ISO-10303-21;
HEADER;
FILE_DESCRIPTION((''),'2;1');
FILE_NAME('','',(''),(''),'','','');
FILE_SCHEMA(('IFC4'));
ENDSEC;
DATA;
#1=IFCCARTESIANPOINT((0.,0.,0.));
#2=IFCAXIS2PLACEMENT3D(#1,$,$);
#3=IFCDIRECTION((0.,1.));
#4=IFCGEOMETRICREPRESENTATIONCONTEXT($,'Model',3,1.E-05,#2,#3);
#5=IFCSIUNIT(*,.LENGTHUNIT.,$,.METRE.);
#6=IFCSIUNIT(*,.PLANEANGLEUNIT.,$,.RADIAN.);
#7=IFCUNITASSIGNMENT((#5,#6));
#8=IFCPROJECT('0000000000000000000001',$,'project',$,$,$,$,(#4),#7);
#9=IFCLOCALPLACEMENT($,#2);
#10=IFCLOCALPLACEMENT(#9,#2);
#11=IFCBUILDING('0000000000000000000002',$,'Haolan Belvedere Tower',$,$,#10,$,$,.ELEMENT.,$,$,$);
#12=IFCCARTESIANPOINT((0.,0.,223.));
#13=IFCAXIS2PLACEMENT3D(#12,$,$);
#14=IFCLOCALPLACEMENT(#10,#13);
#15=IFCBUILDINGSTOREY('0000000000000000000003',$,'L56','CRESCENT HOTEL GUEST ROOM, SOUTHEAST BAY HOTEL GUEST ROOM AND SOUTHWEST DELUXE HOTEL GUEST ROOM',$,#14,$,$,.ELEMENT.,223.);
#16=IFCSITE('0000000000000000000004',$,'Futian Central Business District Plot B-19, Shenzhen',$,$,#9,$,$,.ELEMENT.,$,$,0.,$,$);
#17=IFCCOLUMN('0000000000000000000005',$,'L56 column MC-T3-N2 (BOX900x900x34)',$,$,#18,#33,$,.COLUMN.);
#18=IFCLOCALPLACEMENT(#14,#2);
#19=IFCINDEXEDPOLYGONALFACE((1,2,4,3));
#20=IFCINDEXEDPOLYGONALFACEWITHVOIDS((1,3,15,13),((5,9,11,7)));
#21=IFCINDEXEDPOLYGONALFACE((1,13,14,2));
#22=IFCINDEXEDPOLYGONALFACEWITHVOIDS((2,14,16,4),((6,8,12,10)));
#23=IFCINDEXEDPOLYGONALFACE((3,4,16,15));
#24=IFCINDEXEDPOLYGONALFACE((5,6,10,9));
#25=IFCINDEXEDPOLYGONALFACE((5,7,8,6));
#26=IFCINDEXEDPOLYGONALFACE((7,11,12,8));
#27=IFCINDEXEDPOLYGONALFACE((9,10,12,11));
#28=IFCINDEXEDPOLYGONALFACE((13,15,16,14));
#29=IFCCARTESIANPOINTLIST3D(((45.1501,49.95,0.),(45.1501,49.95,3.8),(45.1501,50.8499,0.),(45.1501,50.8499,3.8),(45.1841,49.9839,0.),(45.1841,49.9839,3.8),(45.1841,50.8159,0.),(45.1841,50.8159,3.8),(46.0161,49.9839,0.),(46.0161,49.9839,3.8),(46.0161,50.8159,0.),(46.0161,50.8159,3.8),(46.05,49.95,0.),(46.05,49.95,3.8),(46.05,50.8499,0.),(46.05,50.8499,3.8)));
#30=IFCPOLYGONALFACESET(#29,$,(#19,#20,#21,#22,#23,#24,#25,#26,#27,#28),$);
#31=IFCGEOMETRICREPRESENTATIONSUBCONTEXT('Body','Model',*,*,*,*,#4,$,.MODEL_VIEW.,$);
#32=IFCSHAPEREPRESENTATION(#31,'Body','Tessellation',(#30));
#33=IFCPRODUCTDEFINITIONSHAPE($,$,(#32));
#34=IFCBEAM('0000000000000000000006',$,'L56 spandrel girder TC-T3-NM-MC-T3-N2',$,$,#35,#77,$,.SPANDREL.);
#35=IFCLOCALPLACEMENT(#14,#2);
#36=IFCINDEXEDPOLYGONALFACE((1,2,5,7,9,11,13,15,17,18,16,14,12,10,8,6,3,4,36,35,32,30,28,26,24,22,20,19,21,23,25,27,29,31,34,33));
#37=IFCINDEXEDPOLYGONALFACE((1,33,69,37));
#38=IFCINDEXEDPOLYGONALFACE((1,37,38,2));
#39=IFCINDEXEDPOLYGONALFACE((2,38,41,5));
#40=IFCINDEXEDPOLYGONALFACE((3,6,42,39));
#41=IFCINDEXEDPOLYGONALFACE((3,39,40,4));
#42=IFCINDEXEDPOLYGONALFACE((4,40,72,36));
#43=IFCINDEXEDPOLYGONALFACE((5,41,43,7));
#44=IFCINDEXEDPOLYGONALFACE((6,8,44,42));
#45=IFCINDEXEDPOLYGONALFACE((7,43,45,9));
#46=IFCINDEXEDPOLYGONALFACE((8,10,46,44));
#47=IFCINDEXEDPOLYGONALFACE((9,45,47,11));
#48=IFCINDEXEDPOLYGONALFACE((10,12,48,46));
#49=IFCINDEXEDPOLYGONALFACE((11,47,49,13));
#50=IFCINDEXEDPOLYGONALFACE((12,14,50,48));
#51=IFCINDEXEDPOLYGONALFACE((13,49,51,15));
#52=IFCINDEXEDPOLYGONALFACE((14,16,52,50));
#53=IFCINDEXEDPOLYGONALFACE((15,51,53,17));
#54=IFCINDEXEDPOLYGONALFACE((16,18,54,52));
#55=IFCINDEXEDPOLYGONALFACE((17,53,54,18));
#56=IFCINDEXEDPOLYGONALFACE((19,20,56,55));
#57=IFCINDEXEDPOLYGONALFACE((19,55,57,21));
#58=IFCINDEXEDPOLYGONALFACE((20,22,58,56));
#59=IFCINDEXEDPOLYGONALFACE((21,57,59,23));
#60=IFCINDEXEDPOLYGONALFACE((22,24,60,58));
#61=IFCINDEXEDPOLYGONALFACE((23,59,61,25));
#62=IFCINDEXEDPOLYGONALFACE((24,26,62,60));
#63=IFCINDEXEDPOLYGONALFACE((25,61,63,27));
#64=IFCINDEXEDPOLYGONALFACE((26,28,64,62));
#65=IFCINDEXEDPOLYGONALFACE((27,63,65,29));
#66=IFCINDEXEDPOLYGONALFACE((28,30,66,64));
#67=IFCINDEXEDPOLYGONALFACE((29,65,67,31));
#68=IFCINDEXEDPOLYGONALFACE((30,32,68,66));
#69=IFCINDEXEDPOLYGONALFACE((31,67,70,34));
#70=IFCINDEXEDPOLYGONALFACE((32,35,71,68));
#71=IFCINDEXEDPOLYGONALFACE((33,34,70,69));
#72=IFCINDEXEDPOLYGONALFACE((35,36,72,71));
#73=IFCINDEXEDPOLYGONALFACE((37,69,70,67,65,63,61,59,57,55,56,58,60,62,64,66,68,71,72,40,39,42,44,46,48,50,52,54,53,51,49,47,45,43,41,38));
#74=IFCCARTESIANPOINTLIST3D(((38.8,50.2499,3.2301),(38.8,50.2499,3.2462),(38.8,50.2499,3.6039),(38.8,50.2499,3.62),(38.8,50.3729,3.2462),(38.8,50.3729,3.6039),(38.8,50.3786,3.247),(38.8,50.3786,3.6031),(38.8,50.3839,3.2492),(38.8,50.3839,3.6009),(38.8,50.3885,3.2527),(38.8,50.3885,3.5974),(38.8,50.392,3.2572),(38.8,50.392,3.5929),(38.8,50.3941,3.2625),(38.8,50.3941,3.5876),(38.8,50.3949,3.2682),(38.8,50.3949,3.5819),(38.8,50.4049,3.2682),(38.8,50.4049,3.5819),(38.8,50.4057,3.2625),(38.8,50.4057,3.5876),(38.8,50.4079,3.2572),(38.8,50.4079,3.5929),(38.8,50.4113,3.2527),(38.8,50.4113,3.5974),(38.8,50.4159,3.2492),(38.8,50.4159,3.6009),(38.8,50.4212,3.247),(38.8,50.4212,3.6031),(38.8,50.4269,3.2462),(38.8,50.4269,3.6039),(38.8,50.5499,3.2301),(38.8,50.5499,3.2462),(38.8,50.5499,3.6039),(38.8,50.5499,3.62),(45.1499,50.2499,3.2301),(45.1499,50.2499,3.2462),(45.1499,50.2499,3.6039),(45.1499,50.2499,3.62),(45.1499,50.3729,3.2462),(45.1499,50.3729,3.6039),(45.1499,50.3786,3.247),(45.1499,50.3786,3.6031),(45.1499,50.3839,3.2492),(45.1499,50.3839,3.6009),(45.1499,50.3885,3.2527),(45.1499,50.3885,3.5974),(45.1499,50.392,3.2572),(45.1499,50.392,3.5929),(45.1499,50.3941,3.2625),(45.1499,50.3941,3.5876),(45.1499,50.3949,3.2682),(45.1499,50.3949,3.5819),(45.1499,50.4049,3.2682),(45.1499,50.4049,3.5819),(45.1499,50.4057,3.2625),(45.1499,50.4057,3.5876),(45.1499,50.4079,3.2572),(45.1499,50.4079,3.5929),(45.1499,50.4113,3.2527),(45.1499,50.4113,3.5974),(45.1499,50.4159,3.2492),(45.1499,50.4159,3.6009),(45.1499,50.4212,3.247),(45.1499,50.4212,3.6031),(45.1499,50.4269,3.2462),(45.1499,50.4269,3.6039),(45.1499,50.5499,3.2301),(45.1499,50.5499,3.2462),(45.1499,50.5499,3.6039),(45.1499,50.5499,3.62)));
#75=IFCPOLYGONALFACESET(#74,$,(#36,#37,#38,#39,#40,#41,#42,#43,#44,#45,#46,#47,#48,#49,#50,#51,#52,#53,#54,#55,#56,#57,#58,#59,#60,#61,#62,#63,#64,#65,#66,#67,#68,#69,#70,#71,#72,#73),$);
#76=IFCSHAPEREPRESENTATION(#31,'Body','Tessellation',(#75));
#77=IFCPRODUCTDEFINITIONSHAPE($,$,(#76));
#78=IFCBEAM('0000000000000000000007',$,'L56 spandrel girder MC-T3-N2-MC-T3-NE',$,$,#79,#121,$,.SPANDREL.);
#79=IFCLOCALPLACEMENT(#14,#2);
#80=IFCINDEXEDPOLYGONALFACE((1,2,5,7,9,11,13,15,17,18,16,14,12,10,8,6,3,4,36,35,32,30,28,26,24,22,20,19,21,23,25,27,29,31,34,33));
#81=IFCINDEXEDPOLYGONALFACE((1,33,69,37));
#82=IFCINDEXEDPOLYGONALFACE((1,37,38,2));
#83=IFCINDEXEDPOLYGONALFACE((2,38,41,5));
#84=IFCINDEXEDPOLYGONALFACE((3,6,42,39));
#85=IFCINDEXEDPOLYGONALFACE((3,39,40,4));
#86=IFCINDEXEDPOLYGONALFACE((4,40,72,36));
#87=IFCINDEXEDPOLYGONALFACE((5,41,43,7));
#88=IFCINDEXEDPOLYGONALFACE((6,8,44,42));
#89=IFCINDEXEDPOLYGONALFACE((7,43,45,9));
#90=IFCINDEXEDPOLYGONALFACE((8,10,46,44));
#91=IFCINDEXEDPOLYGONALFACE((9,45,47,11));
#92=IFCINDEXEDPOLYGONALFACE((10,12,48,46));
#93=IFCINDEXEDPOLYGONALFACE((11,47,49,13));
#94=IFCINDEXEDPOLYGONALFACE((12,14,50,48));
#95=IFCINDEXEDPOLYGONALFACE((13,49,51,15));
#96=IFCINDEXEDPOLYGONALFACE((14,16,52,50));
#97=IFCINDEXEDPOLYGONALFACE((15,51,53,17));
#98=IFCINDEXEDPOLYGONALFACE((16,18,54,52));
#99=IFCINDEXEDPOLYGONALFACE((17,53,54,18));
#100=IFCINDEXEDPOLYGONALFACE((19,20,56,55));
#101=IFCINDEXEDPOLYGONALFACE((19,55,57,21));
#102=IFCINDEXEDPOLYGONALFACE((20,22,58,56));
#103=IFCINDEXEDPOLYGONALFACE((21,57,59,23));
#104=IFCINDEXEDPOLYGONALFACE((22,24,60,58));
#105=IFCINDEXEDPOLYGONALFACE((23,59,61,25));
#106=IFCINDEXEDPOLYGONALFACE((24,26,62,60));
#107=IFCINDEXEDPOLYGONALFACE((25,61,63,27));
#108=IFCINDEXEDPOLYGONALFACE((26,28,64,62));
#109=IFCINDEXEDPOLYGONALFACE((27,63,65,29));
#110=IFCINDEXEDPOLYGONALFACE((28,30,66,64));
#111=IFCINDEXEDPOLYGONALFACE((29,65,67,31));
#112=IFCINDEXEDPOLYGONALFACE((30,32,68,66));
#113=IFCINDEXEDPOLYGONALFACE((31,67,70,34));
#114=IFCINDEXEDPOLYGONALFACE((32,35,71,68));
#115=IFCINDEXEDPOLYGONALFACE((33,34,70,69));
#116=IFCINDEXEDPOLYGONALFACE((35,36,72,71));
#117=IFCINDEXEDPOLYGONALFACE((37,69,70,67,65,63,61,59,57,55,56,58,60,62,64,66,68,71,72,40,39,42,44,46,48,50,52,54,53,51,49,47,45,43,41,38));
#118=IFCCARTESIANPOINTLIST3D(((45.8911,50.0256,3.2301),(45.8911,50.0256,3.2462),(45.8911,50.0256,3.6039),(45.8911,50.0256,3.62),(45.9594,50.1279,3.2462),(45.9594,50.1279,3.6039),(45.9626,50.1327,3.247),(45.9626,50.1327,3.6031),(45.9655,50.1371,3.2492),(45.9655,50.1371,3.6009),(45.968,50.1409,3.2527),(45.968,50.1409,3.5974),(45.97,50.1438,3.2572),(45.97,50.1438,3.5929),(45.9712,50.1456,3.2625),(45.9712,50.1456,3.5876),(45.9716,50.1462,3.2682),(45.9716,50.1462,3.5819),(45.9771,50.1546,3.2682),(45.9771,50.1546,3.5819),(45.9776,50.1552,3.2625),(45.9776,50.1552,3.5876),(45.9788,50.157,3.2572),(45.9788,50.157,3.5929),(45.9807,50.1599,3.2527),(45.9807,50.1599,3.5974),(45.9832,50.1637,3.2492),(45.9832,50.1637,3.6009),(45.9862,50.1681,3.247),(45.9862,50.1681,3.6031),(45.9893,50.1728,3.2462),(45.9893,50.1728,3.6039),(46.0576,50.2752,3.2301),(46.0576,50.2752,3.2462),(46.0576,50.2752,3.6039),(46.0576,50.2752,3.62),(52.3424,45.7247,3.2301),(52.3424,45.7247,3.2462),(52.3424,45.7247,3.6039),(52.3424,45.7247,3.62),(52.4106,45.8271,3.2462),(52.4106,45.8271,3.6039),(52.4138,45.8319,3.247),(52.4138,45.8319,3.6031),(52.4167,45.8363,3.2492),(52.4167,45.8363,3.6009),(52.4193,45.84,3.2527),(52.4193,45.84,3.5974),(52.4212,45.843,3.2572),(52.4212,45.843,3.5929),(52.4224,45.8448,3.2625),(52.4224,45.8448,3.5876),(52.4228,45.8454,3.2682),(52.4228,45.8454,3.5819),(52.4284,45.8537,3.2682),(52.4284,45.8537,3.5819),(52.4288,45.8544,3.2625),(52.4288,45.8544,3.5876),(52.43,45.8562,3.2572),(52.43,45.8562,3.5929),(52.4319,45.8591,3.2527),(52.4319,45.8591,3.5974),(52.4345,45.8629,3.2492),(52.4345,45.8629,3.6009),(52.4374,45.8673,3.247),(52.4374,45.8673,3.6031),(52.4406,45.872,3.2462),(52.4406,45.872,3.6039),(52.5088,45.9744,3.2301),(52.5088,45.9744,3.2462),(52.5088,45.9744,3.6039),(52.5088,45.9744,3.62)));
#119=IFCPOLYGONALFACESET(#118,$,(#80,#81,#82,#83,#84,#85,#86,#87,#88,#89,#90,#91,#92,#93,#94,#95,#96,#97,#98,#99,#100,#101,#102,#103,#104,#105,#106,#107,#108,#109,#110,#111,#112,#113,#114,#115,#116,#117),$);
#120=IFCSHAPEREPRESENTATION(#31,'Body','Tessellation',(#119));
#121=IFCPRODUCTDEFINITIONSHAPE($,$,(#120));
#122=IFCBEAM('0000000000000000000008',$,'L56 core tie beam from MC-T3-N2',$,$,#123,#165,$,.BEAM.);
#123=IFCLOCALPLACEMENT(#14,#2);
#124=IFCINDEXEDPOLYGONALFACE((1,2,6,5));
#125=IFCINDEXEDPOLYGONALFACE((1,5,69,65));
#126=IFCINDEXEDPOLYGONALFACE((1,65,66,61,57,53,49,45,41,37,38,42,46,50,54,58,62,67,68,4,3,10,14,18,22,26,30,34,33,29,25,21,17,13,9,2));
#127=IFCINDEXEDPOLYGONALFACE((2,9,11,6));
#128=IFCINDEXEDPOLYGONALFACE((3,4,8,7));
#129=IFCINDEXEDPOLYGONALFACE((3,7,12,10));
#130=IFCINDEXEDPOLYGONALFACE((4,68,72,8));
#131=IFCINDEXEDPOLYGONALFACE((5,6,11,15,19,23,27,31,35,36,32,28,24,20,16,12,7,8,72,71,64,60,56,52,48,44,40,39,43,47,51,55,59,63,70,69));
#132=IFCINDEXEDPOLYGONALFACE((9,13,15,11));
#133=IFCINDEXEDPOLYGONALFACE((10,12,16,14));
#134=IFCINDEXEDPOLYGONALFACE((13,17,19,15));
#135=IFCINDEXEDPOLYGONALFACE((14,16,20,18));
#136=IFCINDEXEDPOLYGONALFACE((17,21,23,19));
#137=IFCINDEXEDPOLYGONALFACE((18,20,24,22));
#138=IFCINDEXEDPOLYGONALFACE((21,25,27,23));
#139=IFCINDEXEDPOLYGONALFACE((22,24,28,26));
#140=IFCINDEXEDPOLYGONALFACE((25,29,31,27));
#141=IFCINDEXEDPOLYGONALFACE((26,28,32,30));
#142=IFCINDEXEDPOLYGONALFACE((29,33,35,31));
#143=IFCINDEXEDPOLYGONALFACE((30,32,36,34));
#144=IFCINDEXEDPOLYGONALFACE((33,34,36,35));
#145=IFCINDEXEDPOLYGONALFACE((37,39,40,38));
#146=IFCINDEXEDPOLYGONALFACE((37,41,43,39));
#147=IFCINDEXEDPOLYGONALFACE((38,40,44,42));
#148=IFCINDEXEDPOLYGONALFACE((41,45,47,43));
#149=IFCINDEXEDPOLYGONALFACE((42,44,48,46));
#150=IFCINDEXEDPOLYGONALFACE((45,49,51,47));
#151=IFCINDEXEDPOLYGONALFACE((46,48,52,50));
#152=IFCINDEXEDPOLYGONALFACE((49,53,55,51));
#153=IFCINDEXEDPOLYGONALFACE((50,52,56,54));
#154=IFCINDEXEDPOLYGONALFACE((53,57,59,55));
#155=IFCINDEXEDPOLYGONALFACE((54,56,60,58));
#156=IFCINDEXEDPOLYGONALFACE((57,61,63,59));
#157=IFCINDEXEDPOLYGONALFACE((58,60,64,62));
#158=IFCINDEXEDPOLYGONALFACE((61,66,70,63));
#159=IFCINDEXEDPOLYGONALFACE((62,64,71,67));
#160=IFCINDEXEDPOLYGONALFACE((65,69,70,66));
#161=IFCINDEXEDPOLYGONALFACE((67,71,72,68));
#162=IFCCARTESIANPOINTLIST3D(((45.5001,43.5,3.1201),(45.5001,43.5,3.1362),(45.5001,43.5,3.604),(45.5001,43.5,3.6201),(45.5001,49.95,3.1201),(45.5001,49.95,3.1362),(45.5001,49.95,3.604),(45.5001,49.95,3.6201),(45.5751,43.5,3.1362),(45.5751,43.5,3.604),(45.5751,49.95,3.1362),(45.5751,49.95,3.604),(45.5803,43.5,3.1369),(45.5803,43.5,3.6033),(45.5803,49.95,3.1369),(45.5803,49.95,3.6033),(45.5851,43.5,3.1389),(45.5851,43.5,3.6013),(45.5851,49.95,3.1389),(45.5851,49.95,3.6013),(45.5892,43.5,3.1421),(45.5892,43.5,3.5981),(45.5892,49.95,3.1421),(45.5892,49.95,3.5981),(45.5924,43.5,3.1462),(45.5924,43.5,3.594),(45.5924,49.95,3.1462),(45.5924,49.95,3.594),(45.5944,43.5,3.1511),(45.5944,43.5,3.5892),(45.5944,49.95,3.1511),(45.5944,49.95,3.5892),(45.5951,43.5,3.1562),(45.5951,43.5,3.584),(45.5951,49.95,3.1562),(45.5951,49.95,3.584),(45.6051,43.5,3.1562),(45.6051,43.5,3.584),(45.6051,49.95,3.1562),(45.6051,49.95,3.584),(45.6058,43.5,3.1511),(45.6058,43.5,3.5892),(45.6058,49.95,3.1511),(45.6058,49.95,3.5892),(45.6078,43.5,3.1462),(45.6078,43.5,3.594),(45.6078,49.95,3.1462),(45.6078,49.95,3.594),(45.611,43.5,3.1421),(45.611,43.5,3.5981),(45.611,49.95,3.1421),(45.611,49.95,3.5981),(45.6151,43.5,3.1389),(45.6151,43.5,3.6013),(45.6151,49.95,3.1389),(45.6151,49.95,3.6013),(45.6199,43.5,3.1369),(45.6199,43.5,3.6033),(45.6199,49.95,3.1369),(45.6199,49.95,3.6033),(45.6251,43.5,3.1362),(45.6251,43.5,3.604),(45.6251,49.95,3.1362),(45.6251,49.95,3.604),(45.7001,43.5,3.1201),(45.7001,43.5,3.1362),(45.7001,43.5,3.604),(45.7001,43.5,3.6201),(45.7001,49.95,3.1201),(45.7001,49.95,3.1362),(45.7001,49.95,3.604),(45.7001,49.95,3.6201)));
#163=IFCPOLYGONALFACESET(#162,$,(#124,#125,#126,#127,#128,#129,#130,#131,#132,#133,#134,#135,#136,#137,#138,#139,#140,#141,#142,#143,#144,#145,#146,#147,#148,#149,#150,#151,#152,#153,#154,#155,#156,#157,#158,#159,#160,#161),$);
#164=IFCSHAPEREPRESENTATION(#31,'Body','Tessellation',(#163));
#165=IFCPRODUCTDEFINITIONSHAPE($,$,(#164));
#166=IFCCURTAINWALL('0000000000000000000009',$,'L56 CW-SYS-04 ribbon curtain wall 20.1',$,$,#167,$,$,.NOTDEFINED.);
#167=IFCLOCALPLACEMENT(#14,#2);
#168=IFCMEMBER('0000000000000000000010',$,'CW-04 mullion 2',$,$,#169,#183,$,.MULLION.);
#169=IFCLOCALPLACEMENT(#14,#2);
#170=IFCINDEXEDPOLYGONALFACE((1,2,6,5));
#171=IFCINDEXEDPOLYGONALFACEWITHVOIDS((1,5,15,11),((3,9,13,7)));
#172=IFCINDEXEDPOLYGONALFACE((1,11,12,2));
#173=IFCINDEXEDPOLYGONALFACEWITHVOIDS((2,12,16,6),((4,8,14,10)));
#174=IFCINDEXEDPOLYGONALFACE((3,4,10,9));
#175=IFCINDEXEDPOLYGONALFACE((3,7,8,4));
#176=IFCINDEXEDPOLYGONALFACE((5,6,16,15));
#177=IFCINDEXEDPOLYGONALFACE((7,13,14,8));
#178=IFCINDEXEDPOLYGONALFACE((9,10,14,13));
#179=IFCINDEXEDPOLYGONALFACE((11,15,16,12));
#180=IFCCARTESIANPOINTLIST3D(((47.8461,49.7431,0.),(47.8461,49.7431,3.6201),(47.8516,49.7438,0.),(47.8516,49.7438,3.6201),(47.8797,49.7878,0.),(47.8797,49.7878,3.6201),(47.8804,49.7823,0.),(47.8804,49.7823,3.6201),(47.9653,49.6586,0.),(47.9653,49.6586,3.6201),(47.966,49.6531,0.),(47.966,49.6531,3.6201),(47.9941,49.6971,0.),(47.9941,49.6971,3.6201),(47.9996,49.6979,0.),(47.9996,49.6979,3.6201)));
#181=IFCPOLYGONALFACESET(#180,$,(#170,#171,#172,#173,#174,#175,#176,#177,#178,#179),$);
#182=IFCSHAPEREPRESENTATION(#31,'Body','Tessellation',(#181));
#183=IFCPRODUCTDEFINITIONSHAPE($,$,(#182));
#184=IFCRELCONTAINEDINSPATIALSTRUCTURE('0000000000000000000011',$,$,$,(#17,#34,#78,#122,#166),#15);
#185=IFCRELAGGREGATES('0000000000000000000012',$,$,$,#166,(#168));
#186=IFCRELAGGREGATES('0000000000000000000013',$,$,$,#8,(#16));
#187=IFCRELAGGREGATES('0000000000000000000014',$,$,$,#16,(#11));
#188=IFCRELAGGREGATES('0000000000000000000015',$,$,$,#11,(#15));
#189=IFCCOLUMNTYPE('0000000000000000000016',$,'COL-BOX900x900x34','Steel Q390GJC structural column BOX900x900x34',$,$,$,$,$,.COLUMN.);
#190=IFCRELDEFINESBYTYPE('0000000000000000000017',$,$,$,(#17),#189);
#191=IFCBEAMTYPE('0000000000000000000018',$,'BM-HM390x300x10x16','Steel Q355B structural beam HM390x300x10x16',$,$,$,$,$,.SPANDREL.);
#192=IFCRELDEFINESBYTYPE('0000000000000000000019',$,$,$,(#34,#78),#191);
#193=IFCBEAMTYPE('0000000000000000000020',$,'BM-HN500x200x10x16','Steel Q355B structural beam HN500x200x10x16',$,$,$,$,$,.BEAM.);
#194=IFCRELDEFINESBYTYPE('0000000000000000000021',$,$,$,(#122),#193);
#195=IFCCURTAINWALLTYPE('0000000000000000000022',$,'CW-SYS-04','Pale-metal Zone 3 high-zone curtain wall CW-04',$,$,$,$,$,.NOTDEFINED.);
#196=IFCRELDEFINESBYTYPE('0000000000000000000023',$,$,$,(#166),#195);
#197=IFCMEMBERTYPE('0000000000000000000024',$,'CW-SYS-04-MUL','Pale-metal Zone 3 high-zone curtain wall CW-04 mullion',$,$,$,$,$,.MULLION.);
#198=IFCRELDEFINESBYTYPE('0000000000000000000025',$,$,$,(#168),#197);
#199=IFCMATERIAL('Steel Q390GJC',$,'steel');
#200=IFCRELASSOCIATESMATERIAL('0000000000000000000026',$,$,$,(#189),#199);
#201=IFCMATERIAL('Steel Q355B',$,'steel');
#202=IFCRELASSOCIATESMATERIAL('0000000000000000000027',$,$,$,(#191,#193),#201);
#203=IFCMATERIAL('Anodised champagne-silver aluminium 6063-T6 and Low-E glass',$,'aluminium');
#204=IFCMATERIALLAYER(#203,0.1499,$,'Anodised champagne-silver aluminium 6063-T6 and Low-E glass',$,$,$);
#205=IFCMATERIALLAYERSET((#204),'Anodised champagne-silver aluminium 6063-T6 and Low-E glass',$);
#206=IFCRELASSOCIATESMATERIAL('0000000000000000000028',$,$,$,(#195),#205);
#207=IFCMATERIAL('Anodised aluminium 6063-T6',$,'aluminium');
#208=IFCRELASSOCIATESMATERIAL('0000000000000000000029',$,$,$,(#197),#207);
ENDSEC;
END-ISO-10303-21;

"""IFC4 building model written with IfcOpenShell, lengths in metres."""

from ifc_helpers import new_model, si_unit, direction, frame, origin, origin_2d, place, context, subcontext, project, spatial, hollow_rectangle, i_section, extrude, material, layer, layer_set, material_profile, profile_set, type_object, element, aggregate, save


model = new_model("IFC4")

# Units and contexts
model_context = context("Model", 3, precision=1e-05, world=origin(), true_north=direction((0.0, 1.0)))
body_context = subcontext(model_context, "Body", "Model", "MODEL_VIEW")
ifc_project = project(units=[si_unit("LENGTHUNIT", "METRE"), si_unit("PLANEANGLEUNIT", "RADIAN")], contexts=[model_context])

# Site, building, storey
site_placement = place(None, origin())
site = spatial("IfcSite", under=ifc_project, at=site_placement, Name="Futian Central Business District Plot B-19, Shenzhen", CompositionType="ELEMENT", RefElevation=0.0)
building_placement = place(site_placement, origin())
building = spatial("IfcBuilding", under=site, at=building_placement, Name="Haolan Belvedere Tower", CompositionType="ELEMENT")
storey_placement = place(building_placement, frame((0.0, 0.0, 223.0)))
storey = spatial("IfcBuildingStorey", under=building, at=storey_placement, Name="L56", Description="CRESCENT HOTEL GUEST ROOM, SOUTHEAST BAY HOTEL GUEST ROOM AND SOUTHWEST DELUXE HOTEL GUEST ROOM", CompositionType="ELEMENT", Elevation=223.0)

# Column
ifc_material_1 = material(Name="Steel Q390GJC", Category="steel")
ifc_material_profile_1 = material_profile(ifc_material_1, hollow_rectangle(XDim=0.8999, YDim=0.8999, WallThickness=0.0339, at=origin_2d()), Name="Steel Q390GJC")
ifc_profile_set_1 = profile_set([ifc_material_profile_1], Name="Steel Q390GJC")
column_type = type_object("IfcColumnType", Name="COL-BOX900x900x34", Description="Steel Q390GJC structural column BOX900x900x34", PredefinedType="COLUMN", material=ifc_profile_set_1)
column_placement = place(storey_placement, frame((45.6001, 50.3999, 0.0), z_axis=(0.0, 0.0, 1.0), x_axis=(1.0, 0.0, 0.0)))
element("IfcColumn", 1, at=column_placement, inside=storey, type_object=column_type, Name="L56 column MC-T3-N2 (BOX900x900x34)", PredefinedType="COLUMN", context=body_context, shape_type="SweptSolid", body=[
    extrude(hollow_rectangle(XDim=0.8999, YDim=0.8999, WallThickness=0.0339, at=origin_2d()), origin(), (0.0, 0.0, 1.0), 3.8),
])

# Beams
ifc_material_2 = material(Name="Steel Q355B", Category="steel")
ifc_material_profile_2 = material_profile(ifc_material_2, i_section(OverallWidth=0.3, OverallDepth=0.3899, WebThickness=0.01, FlangeThickness=0.0161, FilletRadius=0.022, at=origin_2d()), Name="Steel Q355B")
ifc_profile_set_2 = profile_set([ifc_material_profile_2], Name="Steel Q355B")
beam_type_1 = type_object("IfcBeamType", Name="BM-HM390x300x10x16", Description="Steel Q355B structural beam HM390x300x10x16", PredefinedType="SPANDREL", material=ifc_profile_set_2)
beam_1_placement = place(storey_placement, frame((38.8, 50.3999, 3.425), z_axis=(1.0, 0.0, 0.0), x_axis=(0.0, 1.0, 0.0)))
element("IfcBeam", 2, at=beam_1_placement, inside=storey, type_object=beam_type_1, Name="L56 spandrel girder TC-T3-NM-MC-T3-N2", PredefinedType="SPANDREL", context=body_context, shape_type="SweptSolid", body=[
    extrude(i_section(OverallWidth=0.3, OverallDepth=0.3899, WebThickness=0.01, FlangeThickness=0.0161, FilletRadius=0.022, at=origin_2d()), origin(), (0.0, 0.0, 1.0), 6.3499),
])
beam_2_placement = place(storey_placement, frame((45.9744, 50.1504, 3.425), z_axis=(0.83205, -0.5547, 0.0), x_axis=(0.5547, 0.83205, 0.0)))
element("IfcBeam", 3, at=beam_2_placement, inside=storey, type_object=beam_type_1, Name="L56 spandrel girder MC-T3-N2-MC-T3-NE", PredefinedType="SPANDREL", context=body_context, shape_type="SweptSolid", body=[
    extrude(i_section(OverallWidth=0.3, OverallDepth=0.3899, WebThickness=0.01, FlangeThickness=0.0161, FilletRadius=0.022, at=origin_2d()), origin(), (0.0, 0.0, 1.0), 7.7534),
])
ifc_material_profile_3 = material_profile(ifc_material_2, i_section(OverallWidth=0.2, OverallDepth=0.5, WebThickness=0.01, FlangeThickness=0.0161, FilletRadius=0.02, at=origin_2d()), Name="Steel Q355B")
ifc_profile_set_3 = profile_set([ifc_material_profile_3], Name="Steel Q355B")
beam_type_2 = type_object("IfcBeamType", Name="BM-HN500x200x10x16", Description="Steel Q355B structural beam HN500x200x10x16", PredefinedType="BEAM", material=ifc_profile_set_3)
beam_3_placement = place(storey_placement, frame((45.6001, 49.95, 3.3701), z_axis=(0.0, -1.0, 0.0), x_axis=(1.0, 0.0, 0.0)))
element("IfcBeam", 4, at=beam_3_placement, inside=storey, type_object=beam_type_2, Name="L56 core tie beam from MC-T3-N2", PredefinedType="BEAM", context=body_context, shape_type="SweptSolid", body=[
    extrude(i_section(OverallWidth=0.2, OverallDepth=0.5, WebThickness=0.01, FlangeThickness=0.0161, FilletRadius=0.02, at=origin_2d()), origin(), (0.0, 0.0, 1.0), 6.45),
])

# Curtain wall, member
ifc_material_3 = material(Name="Anodised champagne-silver aluminium 6063-T6 and Low-E glass", Category="aluminium")
ifc_layer_1 = layer(ifc_material_3, 0.1499, Name="Anodised champagne-silver aluminium 6063-T6 and Low-E glass")
ifc_layer_set_1 = layer_set([ifc_layer_1], Name="Anodised champagne-silver aluminium 6063-T6 and Low-E glass")
curtain_wall_type = type_object("IfcCurtainWallType", Name="CW-SYS-04", Description="Pale-metal Zone 3 high-zone curtain wall CW-04", PredefinedType="NOTDEFINED", material=ifc_layer_set_1)
curtain_wall_1_placement = place(storey_placement, origin())
curtain_wall_1 = element("IfcCurtainWall", 5, at=curtain_wall_1_placement, inside=storey, type_object=curtain_wall_type, Name="L56 CW-SYS-04 ribbon curtain wall 20.1", PredefinedType="NOTDEFINED")
ifc_material_4 = material(Name="Anodised aluminium 6063-T6", Category="aluminium")
ifc_material_profile_4 = material_profile(ifc_material_4, hollow_rectangle(XDim=0.0559, YDim=0.1499, WallThickness=0.0039, at=origin_2d()), Name="Anodised aluminium 6063-T6")
ifc_profile_set_4 = profile_set([ifc_material_profile_4], Name="Anodised aluminium 6063-T6")
member_type_1 = type_object("IfcMemberType", Name="CW-SYS-04-MUL", Description="Pale-metal Zone 3 high-zone curtain wall CW-04 mullion", PredefinedType="MULLION", material=ifc_profile_set_4)
member_1_placement = place(storey_placement, frame((47.9229, 49.7205, 0.0), z_axis=(0.0, 0.0, 1.0), x_axis=(-0.600003, -0.799998, 0.0)))
member_1 = element("IfcMember", 6, at=member_1_placement, type_object=member_type_1, Name="CW-04 mullion 2", PredefinedType="MULLION", context=body_context, shape_type="SweptSolid", body=[
    extrude(hollow_rectangle(XDim=0.0559, YDim=0.1499, WallThickness=0.0039, at=origin_2d()), origin(), (0.0, 0.0, 1.0), 3.6201),
])

aggregate(curtain_wall_1, [member_1])

save(model, "model.ifc")
